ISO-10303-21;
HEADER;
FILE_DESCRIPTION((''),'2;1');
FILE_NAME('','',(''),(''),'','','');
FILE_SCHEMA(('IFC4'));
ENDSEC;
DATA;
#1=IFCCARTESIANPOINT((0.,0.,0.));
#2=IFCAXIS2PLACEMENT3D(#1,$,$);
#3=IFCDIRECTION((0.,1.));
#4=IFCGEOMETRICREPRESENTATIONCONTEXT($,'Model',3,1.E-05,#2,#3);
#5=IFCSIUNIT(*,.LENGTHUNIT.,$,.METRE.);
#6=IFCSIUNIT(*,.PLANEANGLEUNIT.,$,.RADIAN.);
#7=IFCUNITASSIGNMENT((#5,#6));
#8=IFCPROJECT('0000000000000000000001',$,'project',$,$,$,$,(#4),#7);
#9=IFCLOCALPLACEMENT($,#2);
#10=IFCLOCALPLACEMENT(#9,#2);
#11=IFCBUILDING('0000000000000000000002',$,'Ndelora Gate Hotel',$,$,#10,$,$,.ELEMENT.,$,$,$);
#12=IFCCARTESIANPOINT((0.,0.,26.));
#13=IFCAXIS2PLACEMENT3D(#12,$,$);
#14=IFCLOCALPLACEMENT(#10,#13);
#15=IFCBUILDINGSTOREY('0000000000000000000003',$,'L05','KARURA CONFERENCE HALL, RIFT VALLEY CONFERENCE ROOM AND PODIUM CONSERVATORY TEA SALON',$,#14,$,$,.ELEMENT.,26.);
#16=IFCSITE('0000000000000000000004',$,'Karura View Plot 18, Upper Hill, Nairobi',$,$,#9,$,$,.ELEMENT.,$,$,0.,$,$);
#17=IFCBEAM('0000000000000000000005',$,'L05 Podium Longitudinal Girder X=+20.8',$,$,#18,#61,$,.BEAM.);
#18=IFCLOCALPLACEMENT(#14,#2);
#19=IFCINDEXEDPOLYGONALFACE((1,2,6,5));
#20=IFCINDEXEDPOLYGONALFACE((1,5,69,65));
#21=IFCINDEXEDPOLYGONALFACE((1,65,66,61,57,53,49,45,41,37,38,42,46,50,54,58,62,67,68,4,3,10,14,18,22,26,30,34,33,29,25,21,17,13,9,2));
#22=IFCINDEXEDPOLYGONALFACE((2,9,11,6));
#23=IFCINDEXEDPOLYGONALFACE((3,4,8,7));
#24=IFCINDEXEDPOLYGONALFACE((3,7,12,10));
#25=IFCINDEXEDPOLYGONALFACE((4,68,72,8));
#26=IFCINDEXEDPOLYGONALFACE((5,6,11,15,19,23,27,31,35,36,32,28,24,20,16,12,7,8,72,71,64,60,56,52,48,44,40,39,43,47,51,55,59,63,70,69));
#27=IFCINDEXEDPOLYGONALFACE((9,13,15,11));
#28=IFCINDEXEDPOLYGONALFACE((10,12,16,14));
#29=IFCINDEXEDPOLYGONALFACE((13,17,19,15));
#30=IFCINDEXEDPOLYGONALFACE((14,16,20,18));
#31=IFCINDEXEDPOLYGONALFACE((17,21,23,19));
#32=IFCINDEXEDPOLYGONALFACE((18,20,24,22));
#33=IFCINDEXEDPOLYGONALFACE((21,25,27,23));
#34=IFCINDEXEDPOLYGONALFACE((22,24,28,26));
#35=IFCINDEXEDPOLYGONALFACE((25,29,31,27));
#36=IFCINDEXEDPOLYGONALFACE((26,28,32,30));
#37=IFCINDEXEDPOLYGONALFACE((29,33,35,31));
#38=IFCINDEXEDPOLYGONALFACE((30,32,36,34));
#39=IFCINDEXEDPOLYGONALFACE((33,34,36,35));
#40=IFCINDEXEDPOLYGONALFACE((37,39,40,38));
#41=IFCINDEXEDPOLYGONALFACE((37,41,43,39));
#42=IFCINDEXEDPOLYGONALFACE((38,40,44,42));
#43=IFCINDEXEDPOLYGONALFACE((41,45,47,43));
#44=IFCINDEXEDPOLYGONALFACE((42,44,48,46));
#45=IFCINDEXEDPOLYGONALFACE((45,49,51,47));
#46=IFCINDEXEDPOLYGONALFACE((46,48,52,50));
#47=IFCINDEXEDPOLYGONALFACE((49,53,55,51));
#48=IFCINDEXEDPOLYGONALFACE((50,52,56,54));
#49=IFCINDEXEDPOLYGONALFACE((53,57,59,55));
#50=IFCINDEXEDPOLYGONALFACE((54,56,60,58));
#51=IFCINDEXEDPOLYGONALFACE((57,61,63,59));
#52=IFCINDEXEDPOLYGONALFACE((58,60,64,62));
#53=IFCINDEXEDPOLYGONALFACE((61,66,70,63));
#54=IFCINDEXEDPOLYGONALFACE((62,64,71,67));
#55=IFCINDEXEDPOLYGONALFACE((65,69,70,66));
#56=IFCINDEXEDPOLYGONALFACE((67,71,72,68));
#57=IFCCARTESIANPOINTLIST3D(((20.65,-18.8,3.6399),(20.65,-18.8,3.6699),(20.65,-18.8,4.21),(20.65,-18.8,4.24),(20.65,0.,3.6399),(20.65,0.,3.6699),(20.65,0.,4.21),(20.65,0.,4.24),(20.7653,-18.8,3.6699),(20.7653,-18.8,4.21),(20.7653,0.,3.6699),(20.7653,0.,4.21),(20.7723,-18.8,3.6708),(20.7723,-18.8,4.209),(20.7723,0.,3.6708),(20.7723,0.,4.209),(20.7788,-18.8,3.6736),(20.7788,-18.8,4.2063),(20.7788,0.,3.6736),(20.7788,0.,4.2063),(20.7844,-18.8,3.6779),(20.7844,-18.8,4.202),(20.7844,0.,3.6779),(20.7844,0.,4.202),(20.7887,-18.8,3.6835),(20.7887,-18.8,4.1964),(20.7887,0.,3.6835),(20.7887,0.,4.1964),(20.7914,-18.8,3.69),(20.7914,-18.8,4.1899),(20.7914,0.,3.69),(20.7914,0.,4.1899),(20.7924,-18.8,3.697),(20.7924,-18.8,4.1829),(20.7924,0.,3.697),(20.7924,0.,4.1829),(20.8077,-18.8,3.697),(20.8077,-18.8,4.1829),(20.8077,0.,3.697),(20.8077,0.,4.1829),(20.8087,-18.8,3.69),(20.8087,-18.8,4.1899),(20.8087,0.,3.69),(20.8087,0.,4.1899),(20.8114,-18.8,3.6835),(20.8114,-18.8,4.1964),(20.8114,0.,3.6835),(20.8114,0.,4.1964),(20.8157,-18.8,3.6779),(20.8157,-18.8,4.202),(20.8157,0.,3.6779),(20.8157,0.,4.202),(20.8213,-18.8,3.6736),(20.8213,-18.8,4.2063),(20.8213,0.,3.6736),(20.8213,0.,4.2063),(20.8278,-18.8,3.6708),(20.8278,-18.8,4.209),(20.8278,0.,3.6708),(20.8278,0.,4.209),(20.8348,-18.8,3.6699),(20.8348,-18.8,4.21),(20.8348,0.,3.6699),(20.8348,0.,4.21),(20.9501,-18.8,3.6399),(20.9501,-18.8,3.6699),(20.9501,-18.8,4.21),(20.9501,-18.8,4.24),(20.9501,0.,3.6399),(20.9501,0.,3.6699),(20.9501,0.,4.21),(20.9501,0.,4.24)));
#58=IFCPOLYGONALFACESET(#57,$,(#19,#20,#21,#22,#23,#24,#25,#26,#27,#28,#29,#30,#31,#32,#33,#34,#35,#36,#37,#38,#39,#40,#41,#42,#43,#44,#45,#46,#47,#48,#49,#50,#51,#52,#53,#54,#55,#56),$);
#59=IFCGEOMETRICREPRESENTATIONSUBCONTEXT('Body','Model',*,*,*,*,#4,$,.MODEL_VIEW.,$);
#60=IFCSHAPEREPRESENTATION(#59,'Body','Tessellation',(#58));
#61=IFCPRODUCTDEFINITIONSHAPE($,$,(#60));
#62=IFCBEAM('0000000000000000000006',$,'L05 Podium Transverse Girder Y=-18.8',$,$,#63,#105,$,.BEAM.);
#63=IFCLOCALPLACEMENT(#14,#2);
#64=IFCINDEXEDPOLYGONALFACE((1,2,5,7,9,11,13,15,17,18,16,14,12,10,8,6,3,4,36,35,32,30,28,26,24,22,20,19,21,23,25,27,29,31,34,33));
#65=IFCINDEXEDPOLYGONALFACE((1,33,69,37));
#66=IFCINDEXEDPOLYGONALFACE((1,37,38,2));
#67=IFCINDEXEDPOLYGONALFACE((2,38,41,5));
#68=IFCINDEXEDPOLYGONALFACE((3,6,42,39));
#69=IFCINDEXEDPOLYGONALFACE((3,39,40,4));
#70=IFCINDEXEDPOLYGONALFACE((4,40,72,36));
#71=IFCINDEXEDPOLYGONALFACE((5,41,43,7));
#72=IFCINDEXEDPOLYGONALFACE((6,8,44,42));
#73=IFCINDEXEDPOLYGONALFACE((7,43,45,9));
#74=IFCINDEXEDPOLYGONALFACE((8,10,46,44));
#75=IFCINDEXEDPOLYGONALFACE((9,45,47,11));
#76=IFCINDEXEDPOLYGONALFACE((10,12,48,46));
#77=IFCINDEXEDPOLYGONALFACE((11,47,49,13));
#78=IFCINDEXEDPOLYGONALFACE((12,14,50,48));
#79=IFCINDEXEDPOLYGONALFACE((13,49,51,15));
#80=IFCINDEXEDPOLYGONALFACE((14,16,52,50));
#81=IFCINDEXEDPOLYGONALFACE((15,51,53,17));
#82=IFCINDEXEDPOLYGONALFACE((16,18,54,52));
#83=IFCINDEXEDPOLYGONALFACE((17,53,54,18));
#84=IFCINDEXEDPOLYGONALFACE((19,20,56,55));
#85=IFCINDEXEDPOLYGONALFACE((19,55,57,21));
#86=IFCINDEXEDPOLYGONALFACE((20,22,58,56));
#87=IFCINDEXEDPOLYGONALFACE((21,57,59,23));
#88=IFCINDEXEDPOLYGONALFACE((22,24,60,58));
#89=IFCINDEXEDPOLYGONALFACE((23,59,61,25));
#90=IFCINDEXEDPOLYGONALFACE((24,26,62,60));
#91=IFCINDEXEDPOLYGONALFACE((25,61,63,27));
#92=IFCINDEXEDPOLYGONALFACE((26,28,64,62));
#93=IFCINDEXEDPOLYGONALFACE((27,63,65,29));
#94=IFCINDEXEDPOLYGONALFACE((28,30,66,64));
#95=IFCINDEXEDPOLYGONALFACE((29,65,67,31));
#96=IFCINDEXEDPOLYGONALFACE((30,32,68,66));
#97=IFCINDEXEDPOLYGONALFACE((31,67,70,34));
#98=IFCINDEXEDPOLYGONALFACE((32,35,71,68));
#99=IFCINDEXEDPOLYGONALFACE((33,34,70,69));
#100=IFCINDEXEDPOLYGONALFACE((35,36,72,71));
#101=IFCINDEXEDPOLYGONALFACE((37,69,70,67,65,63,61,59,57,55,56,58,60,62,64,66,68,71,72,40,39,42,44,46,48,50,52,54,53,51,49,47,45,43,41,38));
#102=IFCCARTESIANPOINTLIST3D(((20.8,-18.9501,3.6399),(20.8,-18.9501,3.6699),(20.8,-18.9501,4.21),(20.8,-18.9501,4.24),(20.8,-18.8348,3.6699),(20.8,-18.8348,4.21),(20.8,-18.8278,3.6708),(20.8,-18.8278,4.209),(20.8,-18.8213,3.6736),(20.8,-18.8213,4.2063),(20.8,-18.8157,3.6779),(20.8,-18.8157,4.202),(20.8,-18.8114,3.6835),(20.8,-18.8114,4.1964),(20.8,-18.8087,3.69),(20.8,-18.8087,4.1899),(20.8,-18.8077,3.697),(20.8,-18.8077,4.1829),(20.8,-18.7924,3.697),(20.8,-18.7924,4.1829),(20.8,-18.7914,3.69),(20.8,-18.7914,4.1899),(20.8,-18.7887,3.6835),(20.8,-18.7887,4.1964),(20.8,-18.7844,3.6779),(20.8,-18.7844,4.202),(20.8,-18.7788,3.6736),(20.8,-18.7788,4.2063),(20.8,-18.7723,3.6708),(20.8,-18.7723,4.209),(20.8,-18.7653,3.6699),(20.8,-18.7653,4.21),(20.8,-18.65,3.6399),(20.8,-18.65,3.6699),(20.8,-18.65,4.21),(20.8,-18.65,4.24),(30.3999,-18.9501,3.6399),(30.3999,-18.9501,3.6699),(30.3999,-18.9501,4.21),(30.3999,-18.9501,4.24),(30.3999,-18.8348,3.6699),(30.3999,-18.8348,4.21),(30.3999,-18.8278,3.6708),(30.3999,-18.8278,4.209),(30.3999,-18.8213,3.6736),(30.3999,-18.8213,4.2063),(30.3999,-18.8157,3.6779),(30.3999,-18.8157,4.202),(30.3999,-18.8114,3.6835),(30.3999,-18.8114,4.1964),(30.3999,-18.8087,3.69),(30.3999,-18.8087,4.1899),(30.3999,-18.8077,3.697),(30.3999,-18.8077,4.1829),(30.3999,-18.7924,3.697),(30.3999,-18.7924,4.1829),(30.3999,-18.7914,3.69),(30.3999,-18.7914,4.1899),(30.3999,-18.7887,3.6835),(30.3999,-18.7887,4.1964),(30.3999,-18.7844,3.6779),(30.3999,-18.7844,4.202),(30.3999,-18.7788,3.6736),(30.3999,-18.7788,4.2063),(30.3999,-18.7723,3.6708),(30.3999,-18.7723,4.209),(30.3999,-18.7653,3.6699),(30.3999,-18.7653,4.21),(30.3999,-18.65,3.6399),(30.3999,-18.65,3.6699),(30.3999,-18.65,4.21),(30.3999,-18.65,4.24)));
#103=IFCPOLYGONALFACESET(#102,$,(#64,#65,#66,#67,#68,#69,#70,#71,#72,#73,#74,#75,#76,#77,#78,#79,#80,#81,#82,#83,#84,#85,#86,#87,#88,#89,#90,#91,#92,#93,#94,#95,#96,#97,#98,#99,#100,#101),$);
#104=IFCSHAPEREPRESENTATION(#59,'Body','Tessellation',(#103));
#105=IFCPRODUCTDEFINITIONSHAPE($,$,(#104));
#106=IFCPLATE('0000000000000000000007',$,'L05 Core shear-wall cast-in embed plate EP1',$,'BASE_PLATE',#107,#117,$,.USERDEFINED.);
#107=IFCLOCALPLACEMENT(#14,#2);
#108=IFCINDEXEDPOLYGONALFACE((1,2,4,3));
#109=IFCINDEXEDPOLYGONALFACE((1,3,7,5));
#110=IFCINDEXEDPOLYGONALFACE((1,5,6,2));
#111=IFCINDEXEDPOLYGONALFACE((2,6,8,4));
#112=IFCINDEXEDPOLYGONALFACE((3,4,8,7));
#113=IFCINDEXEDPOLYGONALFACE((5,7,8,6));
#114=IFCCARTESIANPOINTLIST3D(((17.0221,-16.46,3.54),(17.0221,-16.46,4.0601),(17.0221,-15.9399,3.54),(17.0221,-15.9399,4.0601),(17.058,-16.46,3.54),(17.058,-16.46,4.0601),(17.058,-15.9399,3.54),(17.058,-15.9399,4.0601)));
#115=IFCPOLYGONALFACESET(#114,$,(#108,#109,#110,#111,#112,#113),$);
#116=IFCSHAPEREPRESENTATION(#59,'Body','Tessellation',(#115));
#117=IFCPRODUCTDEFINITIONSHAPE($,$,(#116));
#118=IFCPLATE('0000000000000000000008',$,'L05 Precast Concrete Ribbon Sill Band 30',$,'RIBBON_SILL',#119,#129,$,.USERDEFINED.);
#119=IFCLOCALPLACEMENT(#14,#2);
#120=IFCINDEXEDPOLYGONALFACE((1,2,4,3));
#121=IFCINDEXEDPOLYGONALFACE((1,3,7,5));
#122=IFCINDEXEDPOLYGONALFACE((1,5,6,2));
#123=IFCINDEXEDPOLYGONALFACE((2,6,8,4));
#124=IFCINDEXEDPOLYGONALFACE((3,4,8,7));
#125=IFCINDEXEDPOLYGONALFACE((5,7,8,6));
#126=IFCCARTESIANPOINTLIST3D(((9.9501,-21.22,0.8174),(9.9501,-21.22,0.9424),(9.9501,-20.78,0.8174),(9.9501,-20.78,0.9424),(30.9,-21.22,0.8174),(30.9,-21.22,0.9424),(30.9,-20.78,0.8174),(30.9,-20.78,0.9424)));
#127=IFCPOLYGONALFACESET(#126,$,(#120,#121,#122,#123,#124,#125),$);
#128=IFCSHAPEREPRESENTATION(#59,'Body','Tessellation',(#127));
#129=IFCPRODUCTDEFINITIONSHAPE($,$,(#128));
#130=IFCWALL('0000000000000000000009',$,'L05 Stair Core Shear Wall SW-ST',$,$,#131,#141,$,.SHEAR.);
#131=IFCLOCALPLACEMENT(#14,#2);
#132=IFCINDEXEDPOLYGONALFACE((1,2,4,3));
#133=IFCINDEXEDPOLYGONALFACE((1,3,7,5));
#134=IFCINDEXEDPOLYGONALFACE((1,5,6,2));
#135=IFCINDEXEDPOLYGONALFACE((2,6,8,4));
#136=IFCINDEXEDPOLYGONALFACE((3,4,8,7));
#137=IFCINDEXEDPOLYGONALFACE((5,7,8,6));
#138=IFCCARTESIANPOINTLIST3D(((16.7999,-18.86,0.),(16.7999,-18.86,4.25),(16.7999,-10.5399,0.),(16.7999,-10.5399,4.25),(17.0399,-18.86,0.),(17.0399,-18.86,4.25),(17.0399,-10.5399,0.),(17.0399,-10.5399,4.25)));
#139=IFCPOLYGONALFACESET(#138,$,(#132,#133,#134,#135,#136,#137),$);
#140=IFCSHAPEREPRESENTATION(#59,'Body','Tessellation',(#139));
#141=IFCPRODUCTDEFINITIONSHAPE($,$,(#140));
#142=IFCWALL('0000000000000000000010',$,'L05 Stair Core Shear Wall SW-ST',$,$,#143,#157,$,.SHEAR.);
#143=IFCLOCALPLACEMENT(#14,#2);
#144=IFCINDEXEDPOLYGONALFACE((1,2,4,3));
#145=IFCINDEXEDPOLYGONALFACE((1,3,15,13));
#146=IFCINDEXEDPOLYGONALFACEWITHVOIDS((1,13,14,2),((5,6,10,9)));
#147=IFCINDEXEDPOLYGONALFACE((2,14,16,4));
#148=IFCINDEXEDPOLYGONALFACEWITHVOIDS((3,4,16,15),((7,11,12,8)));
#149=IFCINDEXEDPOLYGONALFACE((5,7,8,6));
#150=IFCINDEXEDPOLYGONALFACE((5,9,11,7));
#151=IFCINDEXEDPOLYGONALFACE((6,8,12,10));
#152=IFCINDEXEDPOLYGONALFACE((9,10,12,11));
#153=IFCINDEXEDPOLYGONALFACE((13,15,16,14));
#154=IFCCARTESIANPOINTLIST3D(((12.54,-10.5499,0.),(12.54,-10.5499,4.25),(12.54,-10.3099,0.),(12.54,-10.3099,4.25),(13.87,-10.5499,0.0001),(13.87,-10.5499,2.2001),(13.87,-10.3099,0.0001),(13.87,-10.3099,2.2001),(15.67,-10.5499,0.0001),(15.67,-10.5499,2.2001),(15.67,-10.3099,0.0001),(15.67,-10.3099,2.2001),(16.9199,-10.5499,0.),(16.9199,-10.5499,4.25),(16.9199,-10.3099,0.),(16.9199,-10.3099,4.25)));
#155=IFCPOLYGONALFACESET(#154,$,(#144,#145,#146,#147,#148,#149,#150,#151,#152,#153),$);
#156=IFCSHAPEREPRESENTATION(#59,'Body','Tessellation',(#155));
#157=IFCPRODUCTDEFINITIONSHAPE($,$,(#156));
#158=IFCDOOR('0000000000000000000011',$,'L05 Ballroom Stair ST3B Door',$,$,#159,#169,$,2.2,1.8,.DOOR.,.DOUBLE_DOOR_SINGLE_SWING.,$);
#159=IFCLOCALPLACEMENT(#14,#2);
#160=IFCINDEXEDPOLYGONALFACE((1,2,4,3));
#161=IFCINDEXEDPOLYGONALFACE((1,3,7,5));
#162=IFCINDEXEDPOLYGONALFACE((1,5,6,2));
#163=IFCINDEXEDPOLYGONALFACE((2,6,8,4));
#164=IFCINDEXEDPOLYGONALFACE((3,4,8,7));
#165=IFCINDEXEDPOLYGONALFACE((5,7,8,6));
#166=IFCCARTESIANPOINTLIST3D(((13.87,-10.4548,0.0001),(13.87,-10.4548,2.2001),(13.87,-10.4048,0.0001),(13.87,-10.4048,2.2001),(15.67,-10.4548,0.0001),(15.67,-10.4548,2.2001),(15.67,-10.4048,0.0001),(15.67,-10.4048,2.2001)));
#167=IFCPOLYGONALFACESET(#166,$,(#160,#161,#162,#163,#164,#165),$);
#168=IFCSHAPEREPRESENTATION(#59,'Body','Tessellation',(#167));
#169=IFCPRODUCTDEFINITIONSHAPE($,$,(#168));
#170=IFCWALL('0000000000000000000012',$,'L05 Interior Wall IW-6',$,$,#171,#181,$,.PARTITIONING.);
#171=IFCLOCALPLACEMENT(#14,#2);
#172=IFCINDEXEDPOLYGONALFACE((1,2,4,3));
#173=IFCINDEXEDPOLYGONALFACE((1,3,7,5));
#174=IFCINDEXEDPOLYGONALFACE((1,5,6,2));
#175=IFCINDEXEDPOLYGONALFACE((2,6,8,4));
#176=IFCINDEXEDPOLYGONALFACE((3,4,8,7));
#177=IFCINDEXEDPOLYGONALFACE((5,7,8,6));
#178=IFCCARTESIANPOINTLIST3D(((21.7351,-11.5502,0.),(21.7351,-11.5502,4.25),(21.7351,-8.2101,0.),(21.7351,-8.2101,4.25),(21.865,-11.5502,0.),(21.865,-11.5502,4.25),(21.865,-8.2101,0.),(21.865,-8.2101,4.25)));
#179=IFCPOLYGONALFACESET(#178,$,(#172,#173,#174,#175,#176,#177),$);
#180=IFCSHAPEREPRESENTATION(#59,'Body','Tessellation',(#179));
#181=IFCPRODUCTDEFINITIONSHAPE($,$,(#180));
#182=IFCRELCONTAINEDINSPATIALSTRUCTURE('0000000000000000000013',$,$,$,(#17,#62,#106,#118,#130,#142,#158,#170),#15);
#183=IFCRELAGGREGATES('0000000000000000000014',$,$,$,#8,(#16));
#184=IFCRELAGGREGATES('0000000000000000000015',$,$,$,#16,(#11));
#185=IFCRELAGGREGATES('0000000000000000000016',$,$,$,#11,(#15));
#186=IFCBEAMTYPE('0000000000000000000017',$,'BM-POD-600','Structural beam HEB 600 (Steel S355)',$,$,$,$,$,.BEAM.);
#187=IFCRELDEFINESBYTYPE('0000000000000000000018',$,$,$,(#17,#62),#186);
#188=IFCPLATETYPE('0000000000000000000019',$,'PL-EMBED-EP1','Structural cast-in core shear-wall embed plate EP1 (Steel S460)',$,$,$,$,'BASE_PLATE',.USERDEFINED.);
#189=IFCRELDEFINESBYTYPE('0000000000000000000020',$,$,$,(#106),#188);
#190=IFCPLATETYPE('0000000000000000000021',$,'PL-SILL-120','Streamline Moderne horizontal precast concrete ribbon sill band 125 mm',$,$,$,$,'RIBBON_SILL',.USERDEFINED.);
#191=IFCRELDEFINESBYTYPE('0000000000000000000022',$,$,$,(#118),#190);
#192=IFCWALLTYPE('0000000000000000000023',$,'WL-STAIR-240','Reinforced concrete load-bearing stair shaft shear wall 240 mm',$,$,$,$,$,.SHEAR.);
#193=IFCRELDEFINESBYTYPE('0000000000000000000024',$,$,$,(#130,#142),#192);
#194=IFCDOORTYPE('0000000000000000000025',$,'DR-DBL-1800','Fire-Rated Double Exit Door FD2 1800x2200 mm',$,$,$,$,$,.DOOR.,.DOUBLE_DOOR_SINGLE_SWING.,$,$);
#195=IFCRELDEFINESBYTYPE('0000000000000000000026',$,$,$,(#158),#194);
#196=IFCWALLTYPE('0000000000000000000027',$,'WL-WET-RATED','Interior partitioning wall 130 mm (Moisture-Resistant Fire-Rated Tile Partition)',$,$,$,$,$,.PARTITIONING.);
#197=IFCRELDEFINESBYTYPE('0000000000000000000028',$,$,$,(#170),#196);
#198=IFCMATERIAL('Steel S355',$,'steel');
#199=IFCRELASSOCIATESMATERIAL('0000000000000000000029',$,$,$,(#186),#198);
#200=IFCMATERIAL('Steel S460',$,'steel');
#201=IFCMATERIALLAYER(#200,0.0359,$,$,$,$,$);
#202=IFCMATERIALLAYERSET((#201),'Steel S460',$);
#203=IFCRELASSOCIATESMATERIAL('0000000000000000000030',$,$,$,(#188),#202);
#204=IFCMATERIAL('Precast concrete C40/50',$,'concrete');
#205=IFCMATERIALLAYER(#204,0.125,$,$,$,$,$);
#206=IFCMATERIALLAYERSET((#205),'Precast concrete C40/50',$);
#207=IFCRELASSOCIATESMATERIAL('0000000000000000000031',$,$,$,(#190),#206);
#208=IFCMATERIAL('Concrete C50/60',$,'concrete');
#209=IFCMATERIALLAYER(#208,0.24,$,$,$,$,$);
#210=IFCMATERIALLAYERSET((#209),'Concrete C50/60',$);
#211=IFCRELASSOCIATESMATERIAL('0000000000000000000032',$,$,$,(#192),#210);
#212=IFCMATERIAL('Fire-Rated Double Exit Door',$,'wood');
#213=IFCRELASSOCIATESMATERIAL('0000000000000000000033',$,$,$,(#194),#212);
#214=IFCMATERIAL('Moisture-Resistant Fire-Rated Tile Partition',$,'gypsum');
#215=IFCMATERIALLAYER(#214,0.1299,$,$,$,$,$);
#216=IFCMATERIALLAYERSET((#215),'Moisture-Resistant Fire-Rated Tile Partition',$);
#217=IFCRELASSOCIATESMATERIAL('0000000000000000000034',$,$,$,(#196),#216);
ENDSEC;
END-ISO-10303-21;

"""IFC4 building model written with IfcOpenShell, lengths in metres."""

from ifc_helpers import new_model, si_unit, direction, frame, frame_2d, origin, origin_2d, place, context, subcontext, project, spatial, rectangle, i_section, extrude, material, layer, layer_set, material_profile, profile_set, type_object, element, fill, save


model = new_model("IFC4")

# Units and contexts
model_context = context("Model", 3, precision=1e-05, world=origin(), true_north=direction((0.0, 1.0)))
body_context = subcontext(model_context, "Body", "Model", "MODEL_VIEW")
ifc_project = project(units=[si_unit("LENGTHUNIT", "METRE"), si_unit("PLANEANGLEUNIT", "RADIAN")], contexts=[model_context])

# Site, building, storey
site_placement = place(None, origin())
site = spatial("IfcSite", under=ifc_project, at=site_placement, Name="Karura View Plot 18, Upper Hill, Nairobi", CompositionType="ELEMENT", RefElevation=0.0)
building_placement = place(site_placement, origin())
building = spatial("IfcBuilding", under=site, at=building_placement, Name="Ndelora Gate Hotel", CompositionType="ELEMENT")
storey_placement = place(building_placement, frame((0.0, 0.0, 26.0)))
storey = spatial("IfcBuildingStorey", under=building, at=storey_placement, Name="L05", Description="KARURA CONFERENCE HALL, RIFT VALLEY CONFERENCE ROOM AND PODIUM CONSERVATORY TEA SALON", CompositionType="ELEMENT", Elevation=26.0)

# Shared definitions
ifc_material_1 = material(Name="Concrete C50/60", Category="concrete")

# Beams
ifc_material_2 = material(Name="Steel S460", Category="steel")
ifc_material_3 = material(Name="Steel S355", Category="steel")
ifc_material_profile_1 = material_profile(ifc_material_3, i_section(OverallWidth=0.3, OverallDepth=0.6001, WebThickness=0.0154, FlangeThickness=0.03, FilletRadius=0.0271, at=origin_2d()), Name="HEB 600")
ifc_profile_set_1 = profile_set([ifc_material_profile_1], Name="Steel S355")
beam_type_1 = type_object("IfcBeamType", Name="BM-POD-600", Description="Structural beam HEB 600 (Steel S355)", PredefinedType="BEAM", material=ifc_profile_set_1)
beam_1_placement = place(storey_placement, frame((20.8, -18.8, 3.9399), z_axis=(0.0, 1.0, 0.0), x_axis=(-1.0, 0.0, 0.0)))
element("IfcBeam", 1, at=beam_1_placement, inside=storey, type_object=beam_type_1, Name="L05 Podium Longitudinal Girder X=+20.8", PredefinedType="BEAM", context=body_context, shape_type="SweptSolid", body=[
    extrude(i_section(OverallWidth=0.3, OverallDepth=0.6001, WebThickness=0.0154, FlangeThickness=0.03, FilletRadius=0.0271, at=origin_2d()), origin(), (0.0, 0.0, 1.0), 18.8),
])
beam_2_placement = place(storey_placement, frame((20.8, -18.8, 3.9399), z_axis=(1.0, 0.0, 0.0), x_axis=(0.0, 1.0, 0.0)))
element("IfcBeam", 2, at=beam_2_placement, inside=storey, type_object=beam_type_1, Name="L05 Podium Transverse Girder Y=-18.8", PredefinedType="BEAM", context=body_context, shape_type="SweptSolid", body=[
    extrude(i_section(OverallWidth=0.3, OverallDepth=0.6001, WebThickness=0.0154, FlangeThickness=0.03, FilletRadius=0.0271, at=origin_2d()), origin(), (0.0, 0.0, 1.0), 9.5999),
])

# Plates
ifc_layer_1 = layer(ifc_material_2, 0.0359)
ifc_layer_set_1 = layer_set([ifc_layer_1], Name="Steel S460")
plate_type_1 = type_object("IfcPlateType", Name="PL-EMBED-EP1", Description="Structural cast-in core shear-wall embed plate EP1 (Steel S460)", ElementType="BASE_PLATE", PredefinedType="USERDEFINED", material=ifc_layer_set_1)
plate_1_placement = place(storey_placement, frame((17.04, -16.2, 3.54), z_axis=(0.0, 0.0, 1.0), x_axis=(0.0, 1.0, 0.0)))
element("IfcPlate", 3, at=plate_1_placement, inside=storey, type_object=plate_type_1, Name="L05 Core shear-wall cast-in embed plate EP1", ObjectType="BASE_PLATE", PredefinedType="USERDEFINED", context=body_context, shape_type="SweptSolid", body=[
    extrude(rectangle(XDim=0.52, YDim=0.0359, at=origin_2d()), origin(), (0.0, 0.0, 1.0), 0.52),
])
ifc_material_4 = material(Name="Precast concrete C40/50", Category="concrete")
ifc_layer_2 = layer(ifc_material_4, 0.125)
ifc_layer_set_2 = layer_set([ifc_layer_2], Name="Precast concrete C40/50")
plate_type_2 = type_object("IfcPlateType", Name="PL-SILL-120", Description="Streamline Moderne horizontal precast concrete ribbon sill band 125 mm", ElementType="RIBBON_SILL", PredefinedType="USERDEFINED", material=ifc_layer_set_2)
plate_2_placement = place(storey_placement, frame((20.425, -21.0, 0.8174), z_axis=(0.0, 0.0, 1.0), x_axis=(1.0, 0.0, 0.0)))
element("IfcPlate", 4, at=plate_2_placement, inside=storey, type_object=plate_type_2, Name="L05 Precast Concrete Ribbon Sill Band 30", ObjectType="RIBBON_SILL", PredefinedType="USERDEFINED", context=body_context, shape_type="SweptSolid", body=[
    extrude(rectangle(XDim=20.95, YDim=0.4399, at=origin_2d()), origin(), (0.0, 0.0, 1.0), 0.125),
])

# Wall
ifc_layer_3 = layer(ifc_material_1, 0.24)
ifc_layer_set_3 = layer_set([ifc_layer_3], Name="Concrete C50/60")
wall_type_1 = type_object("IfcWallType", Name="WL-STAIR-240", Description="Reinforced concrete load-bearing stair shaft shear wall 240 mm", PredefinedType="SHEAR", material=ifc_layer_set_3)
wall_1_placement = place(storey_placement, frame((16.9199, -18.8601, 0.0), z_axis=(0.0, 0.0, 1.0), x_axis=(0.0, 1.0, 0.0)))
element("IfcWall", 5, at=wall_1_placement, inside=storey, type_object=wall_type_1, Name="L05 Stair Core Shear Wall SW-ST", PredefinedType="SHEAR", context=body_context, shape_type="SweptSolid", body=[
    extrude(rectangle(XDim=8.3201, YDim=0.24, at=frame_2d((4.1602, 0.0))), origin(), (0.0, 0.0, 1.0), 4.25),
])

# Wall, opening, door
wall_2_placement = place(storey_placement, frame((16.9199, -10.4299, 0.0), z_axis=(0.0, 0.0, 1.0), x_axis=(-1.0, 0.0, 0.0)))
wall_2 = element("IfcWall", 6, at=wall_2_placement, inside=storey, type_object=wall_type_1, Name="L05 Stair Core Shear Wall SW-ST", PredefinedType="SHEAR", context=body_context, shape_type="SweptSolid", body=[
    extrude(rectangle(XDim=4.3799, YDim=0.24, at=frame_2d((2.1899, 0.0))), origin(), (0.0, 0.0, 1.0), 4.25),
])
opening_placement = place(wall_2_placement, frame((1.25, 0.0, 0.0)))
opening = element("IfcOpeningElement", 7, at=opening_placement, cuts=wall_2, PredefinedType="OPENING", context=body_context, shape_type="SweptSolid", body=[
    extrude(rectangle(XDim=1.8, YDim=2.2, at=frame_2d((0.8999, 1.1001))), frame((0.0, 0.1299, 0.0), z_axis=(0.0, -1.0, 0.0), x_axis=(1.0, 0.0, 0.0)), (0.0, 0.0, 1.0), 0.26),
])
ifc_material_5 = material(Name="Fire-Rated Double Exit Door", Category="wood")
door_type = type_object("IfcDoorType", Name="DR-DBL-1800", Description="Fire-Rated Double Exit Door FD2 1800x2200 mm", OperationType="DOUBLE_DOOR_SINGLE_SWING", PredefinedType="DOOR", material=ifc_material_5)
door_placement = place(opening_placement, origin())
door = element("IfcDoor", 8, at=door_placement, inside=storey, type_object=door_type, Name="L05 Ballroom Stair ST3B Door", OperationType="DOUBLE_DOOR_SINGLE_SWING", OverallHeight=2.2, OverallWidth=1.8, PredefinedType="DOOR", context=body_context, shape_type="SweptSolid", body=[
    extrude(rectangle(XDim=1.8, YDim=2.2, at=frame_2d((0.8999, 1.1001))), frame((0.0, 0.0249, 0.0), z_axis=(0.0, -1.0, 0.0), x_axis=(1.0, 0.0, 0.0)), (0.0, 0.0, 1.0), 0.05),
])
fill(opening, door)

# Wall
ifc_material_6 = material(Name="Moisture-Resistant Fire-Rated Tile Partition", Category="gypsum")
ifc_layer_4 = layer(ifc_material_6, 0.1299)
ifc_layer_set_4 = layer_set([ifc_layer_4], Name="Moisture-Resistant Fire-Rated Tile Partition")
wall_type_2 = type_object("IfcWallType", Name="WL-WET-RATED", Description="Interior partitioning wall 130 mm (Moisture-Resistant Fire-Rated Tile Partition)", PredefinedType="PARTITIONING", material=ifc_layer_set_4)
for number, where, z_axis, x_axis, name in (
    (9, (21.8, -11.55, 0.0), (0.0, 0.0, 1.0), (0.0, 1.0, 0.0), "L05 Interior Wall IW-6"),
):
    element("IfcWall", number, at=place(storey_placement, frame(where, z_axis=z_axis, x_axis=x_axis)), inside=storey, type_object=wall_type_2, Name=name, PredefinedType="PARTITIONING", context=body_context, shape_type="SweptSolid", body=[
        extrude(rectangle(XDim=3.3401, YDim=0.1299, at=frame_2d((1.6699, 0.0))), origin(), (0.0, 0.0, 1.0), 4.25),
    ])

save(model, "model.ifc")
